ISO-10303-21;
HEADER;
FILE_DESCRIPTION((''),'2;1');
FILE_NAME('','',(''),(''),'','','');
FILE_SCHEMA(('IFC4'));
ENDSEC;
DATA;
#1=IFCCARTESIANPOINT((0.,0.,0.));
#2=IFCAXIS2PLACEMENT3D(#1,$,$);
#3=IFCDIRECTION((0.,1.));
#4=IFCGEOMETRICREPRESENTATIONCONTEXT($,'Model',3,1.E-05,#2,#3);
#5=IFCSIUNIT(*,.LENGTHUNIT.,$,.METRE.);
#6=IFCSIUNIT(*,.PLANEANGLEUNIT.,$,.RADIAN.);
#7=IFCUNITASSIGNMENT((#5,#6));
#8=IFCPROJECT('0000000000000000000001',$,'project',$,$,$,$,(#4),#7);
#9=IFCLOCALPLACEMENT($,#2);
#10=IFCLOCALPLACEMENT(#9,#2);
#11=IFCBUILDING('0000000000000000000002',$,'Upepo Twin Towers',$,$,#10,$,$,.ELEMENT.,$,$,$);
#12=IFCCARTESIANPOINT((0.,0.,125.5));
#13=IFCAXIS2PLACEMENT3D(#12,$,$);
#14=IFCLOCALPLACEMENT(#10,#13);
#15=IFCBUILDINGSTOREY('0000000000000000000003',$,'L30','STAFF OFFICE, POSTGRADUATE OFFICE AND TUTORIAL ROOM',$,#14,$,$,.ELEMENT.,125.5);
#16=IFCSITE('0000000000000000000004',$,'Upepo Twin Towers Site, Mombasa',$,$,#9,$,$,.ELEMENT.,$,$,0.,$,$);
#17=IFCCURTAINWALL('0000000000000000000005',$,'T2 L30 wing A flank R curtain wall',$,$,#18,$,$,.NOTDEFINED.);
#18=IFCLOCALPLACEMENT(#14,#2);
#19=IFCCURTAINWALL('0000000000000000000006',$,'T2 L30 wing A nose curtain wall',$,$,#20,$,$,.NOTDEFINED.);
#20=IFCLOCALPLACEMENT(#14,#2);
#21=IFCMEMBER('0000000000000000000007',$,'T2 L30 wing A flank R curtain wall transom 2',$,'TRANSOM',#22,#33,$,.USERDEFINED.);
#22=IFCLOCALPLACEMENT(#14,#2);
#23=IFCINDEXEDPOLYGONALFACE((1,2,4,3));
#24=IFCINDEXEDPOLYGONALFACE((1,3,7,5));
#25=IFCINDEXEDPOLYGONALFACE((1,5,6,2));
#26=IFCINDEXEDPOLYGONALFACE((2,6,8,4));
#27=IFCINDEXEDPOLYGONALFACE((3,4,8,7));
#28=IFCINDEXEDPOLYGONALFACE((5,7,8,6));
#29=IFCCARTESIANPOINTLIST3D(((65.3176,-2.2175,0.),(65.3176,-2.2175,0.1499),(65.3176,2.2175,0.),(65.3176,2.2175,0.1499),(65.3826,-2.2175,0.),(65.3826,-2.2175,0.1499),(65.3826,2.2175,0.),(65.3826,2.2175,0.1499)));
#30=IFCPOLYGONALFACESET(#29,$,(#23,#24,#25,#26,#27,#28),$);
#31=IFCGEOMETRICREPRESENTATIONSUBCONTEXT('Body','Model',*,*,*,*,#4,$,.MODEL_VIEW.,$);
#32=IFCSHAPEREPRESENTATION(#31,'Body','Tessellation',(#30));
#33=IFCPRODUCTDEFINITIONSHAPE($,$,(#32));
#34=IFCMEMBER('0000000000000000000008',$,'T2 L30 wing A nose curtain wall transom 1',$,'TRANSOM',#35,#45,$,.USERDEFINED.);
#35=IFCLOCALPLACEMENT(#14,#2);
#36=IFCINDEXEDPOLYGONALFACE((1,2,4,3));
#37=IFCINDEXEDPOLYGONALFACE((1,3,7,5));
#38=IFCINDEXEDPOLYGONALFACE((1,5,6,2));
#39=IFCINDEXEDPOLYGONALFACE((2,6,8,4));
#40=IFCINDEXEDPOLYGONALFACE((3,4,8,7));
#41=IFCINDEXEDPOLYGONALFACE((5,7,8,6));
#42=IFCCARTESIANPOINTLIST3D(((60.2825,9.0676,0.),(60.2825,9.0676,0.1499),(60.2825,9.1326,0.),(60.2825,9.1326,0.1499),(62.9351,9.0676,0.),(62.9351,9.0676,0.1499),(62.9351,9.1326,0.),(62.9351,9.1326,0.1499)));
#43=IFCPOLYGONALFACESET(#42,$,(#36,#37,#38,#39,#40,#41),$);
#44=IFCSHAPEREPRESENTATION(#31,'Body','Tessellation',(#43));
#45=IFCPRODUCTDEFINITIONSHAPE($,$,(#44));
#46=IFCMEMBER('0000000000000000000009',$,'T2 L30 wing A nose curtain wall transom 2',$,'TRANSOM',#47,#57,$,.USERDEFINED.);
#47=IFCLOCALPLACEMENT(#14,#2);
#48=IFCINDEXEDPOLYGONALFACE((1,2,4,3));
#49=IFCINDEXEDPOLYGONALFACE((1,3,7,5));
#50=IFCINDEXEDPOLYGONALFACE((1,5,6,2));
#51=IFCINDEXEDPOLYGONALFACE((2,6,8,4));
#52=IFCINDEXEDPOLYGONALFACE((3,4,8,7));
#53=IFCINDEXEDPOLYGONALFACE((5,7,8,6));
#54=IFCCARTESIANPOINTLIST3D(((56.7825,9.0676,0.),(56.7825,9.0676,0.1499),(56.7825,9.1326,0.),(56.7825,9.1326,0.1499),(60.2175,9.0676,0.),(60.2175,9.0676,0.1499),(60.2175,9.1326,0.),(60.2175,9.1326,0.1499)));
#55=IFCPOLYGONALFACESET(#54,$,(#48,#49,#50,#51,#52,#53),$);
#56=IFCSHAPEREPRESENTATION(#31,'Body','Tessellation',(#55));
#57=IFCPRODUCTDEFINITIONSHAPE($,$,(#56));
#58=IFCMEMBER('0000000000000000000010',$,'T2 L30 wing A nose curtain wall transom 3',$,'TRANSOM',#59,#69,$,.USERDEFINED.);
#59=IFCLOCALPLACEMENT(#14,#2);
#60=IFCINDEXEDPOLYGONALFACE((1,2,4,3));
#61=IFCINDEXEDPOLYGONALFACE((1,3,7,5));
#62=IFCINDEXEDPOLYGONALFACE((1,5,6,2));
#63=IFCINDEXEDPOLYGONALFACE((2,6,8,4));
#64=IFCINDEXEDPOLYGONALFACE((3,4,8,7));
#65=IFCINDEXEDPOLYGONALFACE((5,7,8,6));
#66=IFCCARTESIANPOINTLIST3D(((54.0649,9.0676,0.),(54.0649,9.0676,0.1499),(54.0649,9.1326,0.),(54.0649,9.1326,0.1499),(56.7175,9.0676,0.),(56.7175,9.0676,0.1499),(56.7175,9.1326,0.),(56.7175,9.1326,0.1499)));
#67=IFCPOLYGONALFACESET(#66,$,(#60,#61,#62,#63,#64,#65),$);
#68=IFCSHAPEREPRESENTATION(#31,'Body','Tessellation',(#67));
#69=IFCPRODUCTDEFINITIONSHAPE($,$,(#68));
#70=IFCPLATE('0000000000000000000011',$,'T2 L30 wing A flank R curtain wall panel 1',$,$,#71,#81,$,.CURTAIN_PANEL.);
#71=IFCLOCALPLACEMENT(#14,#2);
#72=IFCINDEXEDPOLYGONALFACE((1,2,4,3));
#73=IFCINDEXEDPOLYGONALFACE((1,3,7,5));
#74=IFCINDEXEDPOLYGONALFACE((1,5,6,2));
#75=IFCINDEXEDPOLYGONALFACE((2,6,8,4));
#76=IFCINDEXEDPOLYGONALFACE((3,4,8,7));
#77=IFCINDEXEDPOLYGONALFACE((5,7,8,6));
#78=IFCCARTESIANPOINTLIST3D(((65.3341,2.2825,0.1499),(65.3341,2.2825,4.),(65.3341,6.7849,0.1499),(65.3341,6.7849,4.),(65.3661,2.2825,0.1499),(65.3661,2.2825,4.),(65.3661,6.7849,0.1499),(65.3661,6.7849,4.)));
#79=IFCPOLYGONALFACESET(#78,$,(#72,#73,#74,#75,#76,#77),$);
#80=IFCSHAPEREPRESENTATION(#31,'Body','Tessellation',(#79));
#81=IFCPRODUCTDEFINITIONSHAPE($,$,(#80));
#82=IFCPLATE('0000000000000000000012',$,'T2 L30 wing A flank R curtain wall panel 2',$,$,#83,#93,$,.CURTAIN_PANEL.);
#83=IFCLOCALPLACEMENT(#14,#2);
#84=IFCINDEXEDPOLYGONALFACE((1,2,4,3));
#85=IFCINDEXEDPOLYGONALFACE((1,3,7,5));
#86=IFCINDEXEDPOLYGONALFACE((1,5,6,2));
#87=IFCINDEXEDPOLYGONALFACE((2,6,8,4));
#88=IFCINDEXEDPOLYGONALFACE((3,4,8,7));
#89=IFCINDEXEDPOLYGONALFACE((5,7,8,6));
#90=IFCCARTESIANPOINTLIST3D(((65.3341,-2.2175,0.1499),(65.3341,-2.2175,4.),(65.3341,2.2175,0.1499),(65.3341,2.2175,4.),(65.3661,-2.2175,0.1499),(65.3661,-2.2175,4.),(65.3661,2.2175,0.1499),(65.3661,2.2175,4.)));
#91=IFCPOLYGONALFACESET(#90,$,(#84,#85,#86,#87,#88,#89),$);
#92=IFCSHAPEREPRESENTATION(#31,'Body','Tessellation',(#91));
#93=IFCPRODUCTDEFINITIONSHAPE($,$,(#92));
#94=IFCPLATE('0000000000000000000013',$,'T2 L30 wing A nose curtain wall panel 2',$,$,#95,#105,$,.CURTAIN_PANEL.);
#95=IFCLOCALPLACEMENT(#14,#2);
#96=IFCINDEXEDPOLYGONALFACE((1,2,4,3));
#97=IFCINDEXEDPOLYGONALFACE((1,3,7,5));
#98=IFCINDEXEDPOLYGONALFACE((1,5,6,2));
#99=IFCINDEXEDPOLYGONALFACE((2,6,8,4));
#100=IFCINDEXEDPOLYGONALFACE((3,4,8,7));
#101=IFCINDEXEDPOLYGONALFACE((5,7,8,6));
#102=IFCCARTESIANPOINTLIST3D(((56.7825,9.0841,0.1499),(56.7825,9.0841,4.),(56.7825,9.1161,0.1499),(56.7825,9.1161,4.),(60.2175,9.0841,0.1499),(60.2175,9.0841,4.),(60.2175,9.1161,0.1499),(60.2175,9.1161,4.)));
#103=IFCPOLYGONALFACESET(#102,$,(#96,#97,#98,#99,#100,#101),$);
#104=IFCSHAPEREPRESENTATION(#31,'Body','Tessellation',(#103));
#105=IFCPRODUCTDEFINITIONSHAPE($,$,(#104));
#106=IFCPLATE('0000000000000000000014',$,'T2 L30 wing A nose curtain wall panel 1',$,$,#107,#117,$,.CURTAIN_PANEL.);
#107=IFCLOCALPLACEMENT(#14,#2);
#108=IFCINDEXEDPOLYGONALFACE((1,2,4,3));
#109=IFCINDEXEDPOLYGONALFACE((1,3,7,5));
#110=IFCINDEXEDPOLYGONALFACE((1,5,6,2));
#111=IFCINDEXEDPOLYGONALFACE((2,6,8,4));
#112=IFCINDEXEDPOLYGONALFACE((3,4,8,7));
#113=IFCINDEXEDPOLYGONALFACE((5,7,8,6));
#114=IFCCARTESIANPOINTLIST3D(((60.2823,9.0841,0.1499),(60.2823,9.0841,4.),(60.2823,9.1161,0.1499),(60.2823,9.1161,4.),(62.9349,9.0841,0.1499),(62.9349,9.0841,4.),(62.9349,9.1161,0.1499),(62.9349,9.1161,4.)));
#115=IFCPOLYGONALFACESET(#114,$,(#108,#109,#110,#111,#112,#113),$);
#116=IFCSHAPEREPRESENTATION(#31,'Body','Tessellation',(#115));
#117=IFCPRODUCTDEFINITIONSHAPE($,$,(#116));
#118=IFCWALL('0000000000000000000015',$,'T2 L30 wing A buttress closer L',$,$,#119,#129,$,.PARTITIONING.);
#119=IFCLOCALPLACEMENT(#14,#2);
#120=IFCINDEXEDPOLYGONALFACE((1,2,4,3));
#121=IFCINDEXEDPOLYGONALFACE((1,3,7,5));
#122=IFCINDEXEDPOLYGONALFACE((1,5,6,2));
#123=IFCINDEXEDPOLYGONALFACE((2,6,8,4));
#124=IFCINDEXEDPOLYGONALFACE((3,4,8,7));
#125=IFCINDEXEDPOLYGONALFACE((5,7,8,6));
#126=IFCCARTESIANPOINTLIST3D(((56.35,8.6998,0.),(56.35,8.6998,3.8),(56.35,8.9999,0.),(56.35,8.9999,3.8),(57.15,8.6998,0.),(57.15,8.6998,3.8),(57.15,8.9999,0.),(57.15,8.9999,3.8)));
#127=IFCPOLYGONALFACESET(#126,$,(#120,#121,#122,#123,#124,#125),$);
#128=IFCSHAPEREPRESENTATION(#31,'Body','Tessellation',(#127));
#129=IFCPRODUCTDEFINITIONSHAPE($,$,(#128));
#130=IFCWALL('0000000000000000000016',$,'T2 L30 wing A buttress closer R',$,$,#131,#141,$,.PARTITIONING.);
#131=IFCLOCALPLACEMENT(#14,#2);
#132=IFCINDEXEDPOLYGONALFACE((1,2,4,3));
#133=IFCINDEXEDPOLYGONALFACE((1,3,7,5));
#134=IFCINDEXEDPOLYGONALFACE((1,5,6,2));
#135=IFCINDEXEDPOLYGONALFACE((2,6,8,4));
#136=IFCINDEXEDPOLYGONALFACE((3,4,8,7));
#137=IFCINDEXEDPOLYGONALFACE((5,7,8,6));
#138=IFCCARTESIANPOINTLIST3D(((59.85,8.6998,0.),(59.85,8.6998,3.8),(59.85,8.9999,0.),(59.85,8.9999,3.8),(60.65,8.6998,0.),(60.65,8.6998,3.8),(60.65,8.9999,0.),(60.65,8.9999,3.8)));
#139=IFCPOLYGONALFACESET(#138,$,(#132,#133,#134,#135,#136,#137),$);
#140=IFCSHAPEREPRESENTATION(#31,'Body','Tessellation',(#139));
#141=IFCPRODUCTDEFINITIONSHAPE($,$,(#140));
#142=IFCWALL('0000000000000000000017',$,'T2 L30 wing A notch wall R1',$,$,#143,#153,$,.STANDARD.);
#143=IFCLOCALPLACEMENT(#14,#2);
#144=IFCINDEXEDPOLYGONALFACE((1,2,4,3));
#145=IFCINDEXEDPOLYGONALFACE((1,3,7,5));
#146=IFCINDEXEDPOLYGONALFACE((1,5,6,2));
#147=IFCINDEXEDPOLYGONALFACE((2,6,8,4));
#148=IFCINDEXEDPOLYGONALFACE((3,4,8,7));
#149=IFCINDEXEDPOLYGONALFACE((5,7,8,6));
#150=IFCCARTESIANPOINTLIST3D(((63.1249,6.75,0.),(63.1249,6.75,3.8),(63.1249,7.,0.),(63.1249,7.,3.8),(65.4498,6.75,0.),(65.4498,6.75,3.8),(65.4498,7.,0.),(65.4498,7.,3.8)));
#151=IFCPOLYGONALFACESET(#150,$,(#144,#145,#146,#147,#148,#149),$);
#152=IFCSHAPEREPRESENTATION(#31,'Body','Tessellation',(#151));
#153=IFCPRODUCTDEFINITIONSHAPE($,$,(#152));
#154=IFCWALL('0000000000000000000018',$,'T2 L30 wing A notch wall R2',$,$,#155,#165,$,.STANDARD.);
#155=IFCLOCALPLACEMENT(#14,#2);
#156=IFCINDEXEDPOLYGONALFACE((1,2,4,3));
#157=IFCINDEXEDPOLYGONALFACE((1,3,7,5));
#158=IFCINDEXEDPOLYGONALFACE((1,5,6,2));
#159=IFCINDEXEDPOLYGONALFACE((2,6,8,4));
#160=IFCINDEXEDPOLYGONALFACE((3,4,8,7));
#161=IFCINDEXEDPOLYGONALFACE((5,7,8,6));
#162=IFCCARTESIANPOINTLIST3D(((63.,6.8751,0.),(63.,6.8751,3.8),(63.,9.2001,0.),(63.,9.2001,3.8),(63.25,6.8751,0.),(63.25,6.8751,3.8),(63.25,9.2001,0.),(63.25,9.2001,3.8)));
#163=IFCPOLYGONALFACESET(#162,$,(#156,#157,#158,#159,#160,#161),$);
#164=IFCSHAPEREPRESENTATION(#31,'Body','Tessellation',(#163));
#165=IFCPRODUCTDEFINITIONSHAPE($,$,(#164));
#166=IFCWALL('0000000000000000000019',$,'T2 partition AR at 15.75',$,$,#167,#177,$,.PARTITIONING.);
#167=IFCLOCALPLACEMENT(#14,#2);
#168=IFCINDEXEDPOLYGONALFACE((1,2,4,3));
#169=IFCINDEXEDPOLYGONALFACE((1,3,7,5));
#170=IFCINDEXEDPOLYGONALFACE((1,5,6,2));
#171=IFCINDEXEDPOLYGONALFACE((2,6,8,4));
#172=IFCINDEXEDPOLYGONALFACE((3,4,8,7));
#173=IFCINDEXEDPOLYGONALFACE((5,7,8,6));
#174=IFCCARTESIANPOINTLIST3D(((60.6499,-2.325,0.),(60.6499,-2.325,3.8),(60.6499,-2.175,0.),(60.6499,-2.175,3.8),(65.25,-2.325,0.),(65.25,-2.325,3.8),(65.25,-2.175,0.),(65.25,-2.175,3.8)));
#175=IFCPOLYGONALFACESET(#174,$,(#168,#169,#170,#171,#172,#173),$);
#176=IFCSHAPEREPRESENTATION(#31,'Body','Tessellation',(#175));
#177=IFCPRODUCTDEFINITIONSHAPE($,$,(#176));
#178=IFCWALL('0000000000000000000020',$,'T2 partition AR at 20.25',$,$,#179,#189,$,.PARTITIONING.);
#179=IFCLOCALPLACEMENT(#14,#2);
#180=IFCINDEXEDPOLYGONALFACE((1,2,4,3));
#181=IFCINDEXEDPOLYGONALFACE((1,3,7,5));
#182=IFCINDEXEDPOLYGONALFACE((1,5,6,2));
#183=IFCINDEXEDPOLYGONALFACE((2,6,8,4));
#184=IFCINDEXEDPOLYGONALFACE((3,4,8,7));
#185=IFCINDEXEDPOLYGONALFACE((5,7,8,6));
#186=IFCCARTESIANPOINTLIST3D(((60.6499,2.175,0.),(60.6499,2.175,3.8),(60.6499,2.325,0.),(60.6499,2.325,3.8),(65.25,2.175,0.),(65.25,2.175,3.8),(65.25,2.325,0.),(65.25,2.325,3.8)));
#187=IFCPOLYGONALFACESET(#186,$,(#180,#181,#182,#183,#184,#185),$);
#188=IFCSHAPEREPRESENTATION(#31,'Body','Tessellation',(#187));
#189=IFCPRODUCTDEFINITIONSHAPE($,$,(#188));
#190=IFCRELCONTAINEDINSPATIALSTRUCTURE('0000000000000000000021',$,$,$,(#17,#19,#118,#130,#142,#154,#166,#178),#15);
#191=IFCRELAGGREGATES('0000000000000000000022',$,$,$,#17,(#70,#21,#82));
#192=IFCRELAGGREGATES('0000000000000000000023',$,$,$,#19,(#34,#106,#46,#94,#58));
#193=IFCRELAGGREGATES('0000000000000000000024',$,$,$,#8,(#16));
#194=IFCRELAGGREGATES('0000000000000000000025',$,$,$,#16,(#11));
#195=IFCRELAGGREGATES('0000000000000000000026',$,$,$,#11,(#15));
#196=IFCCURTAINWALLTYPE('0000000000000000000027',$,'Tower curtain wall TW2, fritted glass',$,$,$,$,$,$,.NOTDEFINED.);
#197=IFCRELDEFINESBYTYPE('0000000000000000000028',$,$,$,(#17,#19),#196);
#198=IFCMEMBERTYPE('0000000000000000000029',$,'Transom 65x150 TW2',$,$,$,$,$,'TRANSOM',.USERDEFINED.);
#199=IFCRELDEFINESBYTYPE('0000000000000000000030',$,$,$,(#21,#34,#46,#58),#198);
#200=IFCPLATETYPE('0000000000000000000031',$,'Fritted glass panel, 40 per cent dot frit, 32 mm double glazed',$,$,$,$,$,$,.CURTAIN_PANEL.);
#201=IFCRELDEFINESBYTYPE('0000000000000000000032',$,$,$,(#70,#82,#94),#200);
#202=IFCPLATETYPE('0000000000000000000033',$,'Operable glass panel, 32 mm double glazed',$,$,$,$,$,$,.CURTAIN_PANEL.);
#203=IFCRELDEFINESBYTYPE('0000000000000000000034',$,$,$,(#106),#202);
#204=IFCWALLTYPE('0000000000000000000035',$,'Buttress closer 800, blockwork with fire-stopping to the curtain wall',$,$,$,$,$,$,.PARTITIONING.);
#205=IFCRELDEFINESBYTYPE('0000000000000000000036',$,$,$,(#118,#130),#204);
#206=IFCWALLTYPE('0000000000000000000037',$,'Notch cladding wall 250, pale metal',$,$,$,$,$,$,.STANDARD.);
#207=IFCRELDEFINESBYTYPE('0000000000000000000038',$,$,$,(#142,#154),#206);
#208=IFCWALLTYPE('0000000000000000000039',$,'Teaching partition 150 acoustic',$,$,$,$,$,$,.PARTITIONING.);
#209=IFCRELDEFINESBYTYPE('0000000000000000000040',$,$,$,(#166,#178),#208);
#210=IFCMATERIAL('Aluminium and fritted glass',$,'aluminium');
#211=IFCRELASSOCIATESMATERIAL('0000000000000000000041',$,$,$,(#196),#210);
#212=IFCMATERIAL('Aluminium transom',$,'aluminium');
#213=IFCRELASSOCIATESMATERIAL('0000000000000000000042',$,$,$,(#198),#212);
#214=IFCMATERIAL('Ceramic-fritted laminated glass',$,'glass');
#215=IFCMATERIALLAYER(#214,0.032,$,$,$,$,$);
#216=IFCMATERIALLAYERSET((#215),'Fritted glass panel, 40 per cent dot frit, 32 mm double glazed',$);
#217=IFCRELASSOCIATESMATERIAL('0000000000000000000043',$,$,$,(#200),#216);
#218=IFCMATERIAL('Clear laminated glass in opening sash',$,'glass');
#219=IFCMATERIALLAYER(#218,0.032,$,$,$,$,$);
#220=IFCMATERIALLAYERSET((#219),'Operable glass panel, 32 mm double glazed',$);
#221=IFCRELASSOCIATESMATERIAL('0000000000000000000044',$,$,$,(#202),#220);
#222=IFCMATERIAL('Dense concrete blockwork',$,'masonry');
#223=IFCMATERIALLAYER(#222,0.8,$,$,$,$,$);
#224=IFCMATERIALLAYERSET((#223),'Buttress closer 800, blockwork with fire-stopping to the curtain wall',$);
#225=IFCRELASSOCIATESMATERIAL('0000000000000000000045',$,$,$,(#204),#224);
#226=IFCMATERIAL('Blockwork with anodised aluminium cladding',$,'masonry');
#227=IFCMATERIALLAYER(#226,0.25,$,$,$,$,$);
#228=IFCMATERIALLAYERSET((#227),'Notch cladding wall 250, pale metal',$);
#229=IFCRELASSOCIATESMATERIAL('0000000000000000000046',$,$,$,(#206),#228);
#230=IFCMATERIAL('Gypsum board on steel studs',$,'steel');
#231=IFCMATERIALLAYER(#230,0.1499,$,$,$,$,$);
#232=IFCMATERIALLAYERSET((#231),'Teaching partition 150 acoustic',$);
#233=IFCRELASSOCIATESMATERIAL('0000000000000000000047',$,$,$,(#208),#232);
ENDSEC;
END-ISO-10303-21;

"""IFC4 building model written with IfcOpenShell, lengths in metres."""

from ifc_helpers import new_model, si_unit, direction, frame, frame_2d, origin, origin_2d, place, context, subcontext, project, spatial, rectangle, extrude, material, layer, layer_set, material_profile, profile_set, type_object, element, aggregate, save


model = new_model("IFC4")

# Units and contexts
model_context = context("Model", 3, precision=1e-05, world=origin(), true_north=direction((0.0, 1.0)))
body_context = subcontext(model_context, "Body", "Model", "MODEL_VIEW")
ifc_project = project(units=[si_unit("LENGTHUNIT", "METRE"), si_unit("PLANEANGLEUNIT", "RADIAN")], contexts=[model_context])

# Site, building, storey
site_placement = place(None, origin())
site = spatial("IfcSite", under=ifc_project, at=site_placement, Name="Upepo Twin Towers Site, Mombasa", CompositionType="ELEMENT", RefElevation=0.0)
building_placement = place(site_placement, origin())
building = spatial("IfcBuilding", under=site, at=building_placement, Name="Upepo Twin Towers", CompositionType="ELEMENT")
storey_placement = place(building_placement, frame((0.0, 0.0, 125.5)))
storey = spatial("IfcBuildingStorey", under=building, at=storey_placement, Name="L30", Description="STAFF OFFICE, POSTGRADUATE OFFICE AND TUTORIAL ROOM", CompositionType="ELEMENT", Elevation=125.5)

# Curtain walls
ifc_material_1 = material(Name="Aluminium and fritted glass", Category="aluminium")
curtain_wall_type = type_object("IfcCurtainWallType", Name="Tower curtain wall TW2, fritted glass", PredefinedType="NOTDEFINED", material=ifc_material_1)
curtain_wall_1_placement = place(storey_placement, origin())
curtain_wall_1 = element("IfcCurtainWall", 1, at=curtain_wall_1_placement, inside=storey, type_object=curtain_wall_type, Name="T2 L30 wing A flank R curtain wall", PredefinedType="NOTDEFINED")
curtain_wall_2_placement = place(storey_placement, origin())
curtain_wall_2 = element("IfcCurtainWall", 2, at=curtain_wall_2_placement, inside=storey, type_object=curtain_wall_type, Name="T2 L30 wing A nose curtain wall", PredefinedType="NOTDEFINED")

# Members
ifc_material_2 = material(Name="Aluminium transom", Category="aluminium")
ifc_material_profile_1 = material_profile(ifc_material_2, rectangle(XDim=0.0649, YDim=0.1499, at=origin_2d()), Name="TRANSOM 65x150")
ifc_profile_set_1 = profile_set([ifc_material_profile_1], Name="Aluminium transom")
member_type_1 = type_object("IfcMemberType", Name="Transom 65x150 TW2", ElementType="TRANSOM", PredefinedType="USERDEFINED", material=ifc_profile_set_1)
member_1_placement = place(storey_placement, frame((65.3501, 2.2175, 0.075), z_axis=(0.0, -1.0, 0.0), x_axis=(1.0, 0.0, 0.0)))
member_1 = element("IfcMember", 3, at=member_1_placement, type_object=member_type_1, Name="T2 L30 wing A flank R curtain wall transom 2", ObjectType="TRANSOM", PredefinedType="USERDEFINED", context=body_context, shape_type="SweptSolid", body=[
    extrude(rectangle(XDim=0.0649, YDim=0.1499, at=origin_2d()), origin(), (0.0, 0.0, 1.0), 4.4351),
])
member_2_placement = place(storey_placement, frame((62.9351, 9.1001, 0.075), z_axis=(-1.0, 0.0, 0.0), x_axis=(0.0, -1.0, 0.0)))
member_2 = element("IfcMember", 4, at=member_2_placement, type_object=member_type_1, Name="T2 L30 wing A nose curtain wall transom 1", ObjectType="TRANSOM", PredefinedType="USERDEFINED", context=body_context, shape_type="SweptSolid", body=[
    extrude(rectangle(XDim=0.0649, YDim=0.1499, at=origin_2d()), origin(), (0.0, 0.0, 1.0), 2.6526),
])
member_3_placement = place(storey_placement, frame((60.2175, 9.1001, 0.075), z_axis=(-1.0, 0.0, 0.0), x_axis=(0.0, -1.0, 0.0)))
member_3 = element("IfcMember", 5, at=member_3_placement, type_object=member_type_1, Name="T2 L30 wing A nose curtain wall transom 2", ObjectType="TRANSOM", PredefinedType="USERDEFINED", context=body_context, shape_type="SweptSolid", body=[
    extrude(rectangle(XDim=0.0649, YDim=0.1499, at=origin_2d()), origin(), (0.0, 0.0, 1.0), 3.4351),
])
member_4_placement = place(storey_placement, frame((56.7175, 9.1001, 0.075), z_axis=(-1.0, 0.0, 0.0), x_axis=(0.0, -1.0, 0.0)))
member_4 = element("IfcMember", 6, at=member_4_placement, type_object=member_type_1, Name="T2 L30 wing A nose curtain wall transom 3", ObjectType="TRANSOM", PredefinedType="USERDEFINED", context=body_context, shape_type="SweptSolid", body=[
    extrude(rectangle(XDim=0.0649, YDim=0.1499, at=origin_2d()), origin(), (0.0, 0.0, 1.0), 2.6526),
])

# Plates
ifc_material_3 = material(Name="Ceramic-fritted laminated glass", Category="glass")
ifc_layer_1 = layer(ifc_material_3, 0.032)
ifc_layer_set_1 = layer_set([ifc_layer_1], Name="Fritted glass panel, 40 per cent dot frit, 32 mm double glazed")
plate_type_1 = type_object("IfcPlateType", Name="Fritted glass panel, 40 per cent dot frit, 32 mm double glazed", PredefinedType="CURTAIN_PANEL", material=ifc_layer_set_1)
plate_1_placement = place(storey_placement, frame((65.3501, 4.5337, 0.1499), z_axis=(0.0, 0.0, 1.0), x_axis=(0.0, -1.0, 0.0)))
plate_1 = element("IfcPlate", 7, at=plate_1_placement, type_object=plate_type_1, Name="T2 L30 wing A flank R curtain wall panel 1", PredefinedType="CURTAIN_PANEL", context=body_context, shape_type="SweptSolid", body=[
    extrude(rectangle(XDim=4.5024, YDim=0.032, at=origin_2d()), origin(), (0.0, 0.0, 1.0), 3.8501),
])
plate_2_placement = place(storey_placement, frame((65.3501, 0.0, 0.1499), z_axis=(0.0, 0.0, 1.0), x_axis=(0.0, -1.0, 0.0)))
plate_2 = element("IfcPlate", 8, at=plate_2_placement, type_object=plate_type_1, Name="T2 L30 wing A flank R curtain wall panel 2", PredefinedType="CURTAIN_PANEL", context=body_context, shape_type="SweptSolid", body=[
    extrude(rectangle(XDim=4.4351, YDim=0.032, at=origin_2d()), origin(), (0.0, 0.0, 1.0), 3.8501),
])
aggregate(curtain_wall_1, [plate_1, member_1, plate_2])
plate_3_placement = place(storey_placement, frame((58.5, 9.1001, 0.1499), z_axis=(0.0, 0.0, 1.0), x_axis=(-1.0, 0.0, 0.0)))
plate_3 = element("IfcPlate", 9, at=plate_3_placement, type_object=plate_type_1, Name="T2 L30 wing A nose curtain wall panel 2", PredefinedType="CURTAIN_PANEL", context=body_context, shape_type="SweptSolid", body=[
    extrude(rectangle(XDim=3.4351, YDim=0.032, at=origin_2d()), origin(), (0.0, 0.0, 1.0), 3.8501),
])
ifc_material_4 = material(Name="Clear laminated glass in opening sash", Category="glass")
ifc_layer_2 = layer(ifc_material_4, 0.032)
ifc_layer_set_2 = layer_set([ifc_layer_2], Name="Operable glass panel, 32 mm double glazed")
plate_type_2 = type_object("IfcPlateType", Name="Operable glass panel, 32 mm double glazed", PredefinedType="CURTAIN_PANEL", material=ifc_layer_set_2)
plate_4_placement = place(storey_placement, frame((61.6086, 9.1001, 0.1499), z_axis=(0.0, 0.0, 1.0), x_axis=(-1.0, 0.0, 0.0)))
plate_4 = element("IfcPlate", 10, at=plate_4_placement, type_object=plate_type_2, Name="T2 L30 wing A nose curtain wall panel 1", PredefinedType="CURTAIN_PANEL", context=body_context, shape_type="SweptSolid", body=[
    extrude(rectangle(XDim=2.6526, YDim=0.032, at=origin_2d()), origin(), (0.0, 0.0, 1.0), 3.8501),
])
aggregate(curtain_wall_2, [member_2, plate_4, member_3, plate_3, member_4])

# Walls
ifc_material_5 = material(Name="Dense concrete blockwork", Category="masonry")
ifc_layer_3 = layer(ifc_material_5, 0.8)
ifc_layer_set_3 = layer_set([ifc_layer_3], Name="Buttress closer 800, blockwork with fire-stopping to the curtain wall")
wall_type_1 = type_object("IfcWallType", Name="Buttress closer 800, blockwork with fire-stopping to the curtain wall", PredefinedType="PARTITIONING", material=ifc_layer_set_3)
for number, where, z_axis, x_axis, name in (
    (11, (56.75, 8.7, 0.0), (0.0, 0.0, 1.0), (0.0, 1.0, 0.0), "T2 L30 wing A buttress closer L"),
    (12, (60.25, 8.7, 0.0), (0.0, 0.0, 1.0), (0.0, 1.0, 0.0), "T2 L30 wing A buttress closer R"),
):
    element("IfcWall", number, at=place(storey_placement, frame(where, z_axis=z_axis, x_axis=x_axis)), inside=storey, type_object=wall_type_1, Name=name, PredefinedType="PARTITIONING", context=body_context, shape_type="SweptSolid", body=[
        extrude(rectangle(XDim=0.3, YDim=0.8, at=frame_2d((0.1499, 0.0))), origin(), (0.0, 0.0, 1.0), 3.8),
    ])
ifc_material_6 = material(Name="Blockwork with anodised aluminium cladding", Category="masonry")
ifc_layer_4 = layer(ifc_material_6, 0.25)
ifc_layer_set_4 = layer_set([ifc_layer_4], Name="Notch cladding wall 250, pale metal")
wall_type_2 = type_object("IfcWallType", Name="Notch cladding wall 250, pale metal", PredefinedType="STANDARD", material=ifc_layer_set_4)
for number, where, z_axis, x_axis, name in (
    (13, (65.45, 6.875, 0.0), (0.0, 0.0, 1.0), (-1.0, 0.0, 0.0), "T2 L30 wing A notch wall R1"),
    (14, (63.125, 6.875, 0.0), (0.0, 0.0, 1.0), (0.0, 1.0, 0.0), "T2 L30 wing A notch wall R2"),
):
    element("IfcWall", number, at=place(storey_placement, frame(where, z_axis=z_axis, x_axis=x_axis)), inside=storey, type_object=wall_type_2, Name=name, PredefinedType="STANDARD", context=body_context, shape_type="SweptSolid", body=[
        extrude(rectangle(XDim=2.325, YDim=0.25, at=frame_2d((1.1626, 0.0))), origin(), (0.0, 0.0, 1.0), 3.8),
    ])
ifc_material_7 = material(Name="Gypsum board on steel studs", Category="steel")
ifc_layer_5 = layer(ifc_material_7, 0.1499)
ifc_layer_set_5 = layer_set([ifc_layer_5], Name="Teaching partition 150 acoustic")
wall_type_3 = type_object("IfcWallType", Name="Teaching partition 150 acoustic", PredefinedType="PARTITIONING", material=ifc_layer_set_5)
for number, where, z_axis, x_axis, name in (
    (15, (60.6499, -2.25, 0.0), (0.0, 0.0, 1.0), (1.0, 0.0, 0.0), "T2 partition AR at 15.75"),
    (16, (60.6499, 2.25, 0.0), (0.0, 0.0, 1.0), (1.0, 0.0, 0.0), "T2 partition AR at 20.25"),
):
    element("IfcWall", number, at=place(storey_placement, frame(where, z_axis=z_axis, x_axis=x_axis)), inside=storey, type_object=wall_type_3, Name=name, PredefinedType="PARTITIONING", context=body_context, shape_type="SweptSolid", body=[
        extrude(rectangle(XDim=4.6001, YDim=0.1499, at=frame_2d((2.3, 0.0))), origin(), (0.0, 0.0, 1.0), 3.8),
    ])

save(model, "model.ifc")
